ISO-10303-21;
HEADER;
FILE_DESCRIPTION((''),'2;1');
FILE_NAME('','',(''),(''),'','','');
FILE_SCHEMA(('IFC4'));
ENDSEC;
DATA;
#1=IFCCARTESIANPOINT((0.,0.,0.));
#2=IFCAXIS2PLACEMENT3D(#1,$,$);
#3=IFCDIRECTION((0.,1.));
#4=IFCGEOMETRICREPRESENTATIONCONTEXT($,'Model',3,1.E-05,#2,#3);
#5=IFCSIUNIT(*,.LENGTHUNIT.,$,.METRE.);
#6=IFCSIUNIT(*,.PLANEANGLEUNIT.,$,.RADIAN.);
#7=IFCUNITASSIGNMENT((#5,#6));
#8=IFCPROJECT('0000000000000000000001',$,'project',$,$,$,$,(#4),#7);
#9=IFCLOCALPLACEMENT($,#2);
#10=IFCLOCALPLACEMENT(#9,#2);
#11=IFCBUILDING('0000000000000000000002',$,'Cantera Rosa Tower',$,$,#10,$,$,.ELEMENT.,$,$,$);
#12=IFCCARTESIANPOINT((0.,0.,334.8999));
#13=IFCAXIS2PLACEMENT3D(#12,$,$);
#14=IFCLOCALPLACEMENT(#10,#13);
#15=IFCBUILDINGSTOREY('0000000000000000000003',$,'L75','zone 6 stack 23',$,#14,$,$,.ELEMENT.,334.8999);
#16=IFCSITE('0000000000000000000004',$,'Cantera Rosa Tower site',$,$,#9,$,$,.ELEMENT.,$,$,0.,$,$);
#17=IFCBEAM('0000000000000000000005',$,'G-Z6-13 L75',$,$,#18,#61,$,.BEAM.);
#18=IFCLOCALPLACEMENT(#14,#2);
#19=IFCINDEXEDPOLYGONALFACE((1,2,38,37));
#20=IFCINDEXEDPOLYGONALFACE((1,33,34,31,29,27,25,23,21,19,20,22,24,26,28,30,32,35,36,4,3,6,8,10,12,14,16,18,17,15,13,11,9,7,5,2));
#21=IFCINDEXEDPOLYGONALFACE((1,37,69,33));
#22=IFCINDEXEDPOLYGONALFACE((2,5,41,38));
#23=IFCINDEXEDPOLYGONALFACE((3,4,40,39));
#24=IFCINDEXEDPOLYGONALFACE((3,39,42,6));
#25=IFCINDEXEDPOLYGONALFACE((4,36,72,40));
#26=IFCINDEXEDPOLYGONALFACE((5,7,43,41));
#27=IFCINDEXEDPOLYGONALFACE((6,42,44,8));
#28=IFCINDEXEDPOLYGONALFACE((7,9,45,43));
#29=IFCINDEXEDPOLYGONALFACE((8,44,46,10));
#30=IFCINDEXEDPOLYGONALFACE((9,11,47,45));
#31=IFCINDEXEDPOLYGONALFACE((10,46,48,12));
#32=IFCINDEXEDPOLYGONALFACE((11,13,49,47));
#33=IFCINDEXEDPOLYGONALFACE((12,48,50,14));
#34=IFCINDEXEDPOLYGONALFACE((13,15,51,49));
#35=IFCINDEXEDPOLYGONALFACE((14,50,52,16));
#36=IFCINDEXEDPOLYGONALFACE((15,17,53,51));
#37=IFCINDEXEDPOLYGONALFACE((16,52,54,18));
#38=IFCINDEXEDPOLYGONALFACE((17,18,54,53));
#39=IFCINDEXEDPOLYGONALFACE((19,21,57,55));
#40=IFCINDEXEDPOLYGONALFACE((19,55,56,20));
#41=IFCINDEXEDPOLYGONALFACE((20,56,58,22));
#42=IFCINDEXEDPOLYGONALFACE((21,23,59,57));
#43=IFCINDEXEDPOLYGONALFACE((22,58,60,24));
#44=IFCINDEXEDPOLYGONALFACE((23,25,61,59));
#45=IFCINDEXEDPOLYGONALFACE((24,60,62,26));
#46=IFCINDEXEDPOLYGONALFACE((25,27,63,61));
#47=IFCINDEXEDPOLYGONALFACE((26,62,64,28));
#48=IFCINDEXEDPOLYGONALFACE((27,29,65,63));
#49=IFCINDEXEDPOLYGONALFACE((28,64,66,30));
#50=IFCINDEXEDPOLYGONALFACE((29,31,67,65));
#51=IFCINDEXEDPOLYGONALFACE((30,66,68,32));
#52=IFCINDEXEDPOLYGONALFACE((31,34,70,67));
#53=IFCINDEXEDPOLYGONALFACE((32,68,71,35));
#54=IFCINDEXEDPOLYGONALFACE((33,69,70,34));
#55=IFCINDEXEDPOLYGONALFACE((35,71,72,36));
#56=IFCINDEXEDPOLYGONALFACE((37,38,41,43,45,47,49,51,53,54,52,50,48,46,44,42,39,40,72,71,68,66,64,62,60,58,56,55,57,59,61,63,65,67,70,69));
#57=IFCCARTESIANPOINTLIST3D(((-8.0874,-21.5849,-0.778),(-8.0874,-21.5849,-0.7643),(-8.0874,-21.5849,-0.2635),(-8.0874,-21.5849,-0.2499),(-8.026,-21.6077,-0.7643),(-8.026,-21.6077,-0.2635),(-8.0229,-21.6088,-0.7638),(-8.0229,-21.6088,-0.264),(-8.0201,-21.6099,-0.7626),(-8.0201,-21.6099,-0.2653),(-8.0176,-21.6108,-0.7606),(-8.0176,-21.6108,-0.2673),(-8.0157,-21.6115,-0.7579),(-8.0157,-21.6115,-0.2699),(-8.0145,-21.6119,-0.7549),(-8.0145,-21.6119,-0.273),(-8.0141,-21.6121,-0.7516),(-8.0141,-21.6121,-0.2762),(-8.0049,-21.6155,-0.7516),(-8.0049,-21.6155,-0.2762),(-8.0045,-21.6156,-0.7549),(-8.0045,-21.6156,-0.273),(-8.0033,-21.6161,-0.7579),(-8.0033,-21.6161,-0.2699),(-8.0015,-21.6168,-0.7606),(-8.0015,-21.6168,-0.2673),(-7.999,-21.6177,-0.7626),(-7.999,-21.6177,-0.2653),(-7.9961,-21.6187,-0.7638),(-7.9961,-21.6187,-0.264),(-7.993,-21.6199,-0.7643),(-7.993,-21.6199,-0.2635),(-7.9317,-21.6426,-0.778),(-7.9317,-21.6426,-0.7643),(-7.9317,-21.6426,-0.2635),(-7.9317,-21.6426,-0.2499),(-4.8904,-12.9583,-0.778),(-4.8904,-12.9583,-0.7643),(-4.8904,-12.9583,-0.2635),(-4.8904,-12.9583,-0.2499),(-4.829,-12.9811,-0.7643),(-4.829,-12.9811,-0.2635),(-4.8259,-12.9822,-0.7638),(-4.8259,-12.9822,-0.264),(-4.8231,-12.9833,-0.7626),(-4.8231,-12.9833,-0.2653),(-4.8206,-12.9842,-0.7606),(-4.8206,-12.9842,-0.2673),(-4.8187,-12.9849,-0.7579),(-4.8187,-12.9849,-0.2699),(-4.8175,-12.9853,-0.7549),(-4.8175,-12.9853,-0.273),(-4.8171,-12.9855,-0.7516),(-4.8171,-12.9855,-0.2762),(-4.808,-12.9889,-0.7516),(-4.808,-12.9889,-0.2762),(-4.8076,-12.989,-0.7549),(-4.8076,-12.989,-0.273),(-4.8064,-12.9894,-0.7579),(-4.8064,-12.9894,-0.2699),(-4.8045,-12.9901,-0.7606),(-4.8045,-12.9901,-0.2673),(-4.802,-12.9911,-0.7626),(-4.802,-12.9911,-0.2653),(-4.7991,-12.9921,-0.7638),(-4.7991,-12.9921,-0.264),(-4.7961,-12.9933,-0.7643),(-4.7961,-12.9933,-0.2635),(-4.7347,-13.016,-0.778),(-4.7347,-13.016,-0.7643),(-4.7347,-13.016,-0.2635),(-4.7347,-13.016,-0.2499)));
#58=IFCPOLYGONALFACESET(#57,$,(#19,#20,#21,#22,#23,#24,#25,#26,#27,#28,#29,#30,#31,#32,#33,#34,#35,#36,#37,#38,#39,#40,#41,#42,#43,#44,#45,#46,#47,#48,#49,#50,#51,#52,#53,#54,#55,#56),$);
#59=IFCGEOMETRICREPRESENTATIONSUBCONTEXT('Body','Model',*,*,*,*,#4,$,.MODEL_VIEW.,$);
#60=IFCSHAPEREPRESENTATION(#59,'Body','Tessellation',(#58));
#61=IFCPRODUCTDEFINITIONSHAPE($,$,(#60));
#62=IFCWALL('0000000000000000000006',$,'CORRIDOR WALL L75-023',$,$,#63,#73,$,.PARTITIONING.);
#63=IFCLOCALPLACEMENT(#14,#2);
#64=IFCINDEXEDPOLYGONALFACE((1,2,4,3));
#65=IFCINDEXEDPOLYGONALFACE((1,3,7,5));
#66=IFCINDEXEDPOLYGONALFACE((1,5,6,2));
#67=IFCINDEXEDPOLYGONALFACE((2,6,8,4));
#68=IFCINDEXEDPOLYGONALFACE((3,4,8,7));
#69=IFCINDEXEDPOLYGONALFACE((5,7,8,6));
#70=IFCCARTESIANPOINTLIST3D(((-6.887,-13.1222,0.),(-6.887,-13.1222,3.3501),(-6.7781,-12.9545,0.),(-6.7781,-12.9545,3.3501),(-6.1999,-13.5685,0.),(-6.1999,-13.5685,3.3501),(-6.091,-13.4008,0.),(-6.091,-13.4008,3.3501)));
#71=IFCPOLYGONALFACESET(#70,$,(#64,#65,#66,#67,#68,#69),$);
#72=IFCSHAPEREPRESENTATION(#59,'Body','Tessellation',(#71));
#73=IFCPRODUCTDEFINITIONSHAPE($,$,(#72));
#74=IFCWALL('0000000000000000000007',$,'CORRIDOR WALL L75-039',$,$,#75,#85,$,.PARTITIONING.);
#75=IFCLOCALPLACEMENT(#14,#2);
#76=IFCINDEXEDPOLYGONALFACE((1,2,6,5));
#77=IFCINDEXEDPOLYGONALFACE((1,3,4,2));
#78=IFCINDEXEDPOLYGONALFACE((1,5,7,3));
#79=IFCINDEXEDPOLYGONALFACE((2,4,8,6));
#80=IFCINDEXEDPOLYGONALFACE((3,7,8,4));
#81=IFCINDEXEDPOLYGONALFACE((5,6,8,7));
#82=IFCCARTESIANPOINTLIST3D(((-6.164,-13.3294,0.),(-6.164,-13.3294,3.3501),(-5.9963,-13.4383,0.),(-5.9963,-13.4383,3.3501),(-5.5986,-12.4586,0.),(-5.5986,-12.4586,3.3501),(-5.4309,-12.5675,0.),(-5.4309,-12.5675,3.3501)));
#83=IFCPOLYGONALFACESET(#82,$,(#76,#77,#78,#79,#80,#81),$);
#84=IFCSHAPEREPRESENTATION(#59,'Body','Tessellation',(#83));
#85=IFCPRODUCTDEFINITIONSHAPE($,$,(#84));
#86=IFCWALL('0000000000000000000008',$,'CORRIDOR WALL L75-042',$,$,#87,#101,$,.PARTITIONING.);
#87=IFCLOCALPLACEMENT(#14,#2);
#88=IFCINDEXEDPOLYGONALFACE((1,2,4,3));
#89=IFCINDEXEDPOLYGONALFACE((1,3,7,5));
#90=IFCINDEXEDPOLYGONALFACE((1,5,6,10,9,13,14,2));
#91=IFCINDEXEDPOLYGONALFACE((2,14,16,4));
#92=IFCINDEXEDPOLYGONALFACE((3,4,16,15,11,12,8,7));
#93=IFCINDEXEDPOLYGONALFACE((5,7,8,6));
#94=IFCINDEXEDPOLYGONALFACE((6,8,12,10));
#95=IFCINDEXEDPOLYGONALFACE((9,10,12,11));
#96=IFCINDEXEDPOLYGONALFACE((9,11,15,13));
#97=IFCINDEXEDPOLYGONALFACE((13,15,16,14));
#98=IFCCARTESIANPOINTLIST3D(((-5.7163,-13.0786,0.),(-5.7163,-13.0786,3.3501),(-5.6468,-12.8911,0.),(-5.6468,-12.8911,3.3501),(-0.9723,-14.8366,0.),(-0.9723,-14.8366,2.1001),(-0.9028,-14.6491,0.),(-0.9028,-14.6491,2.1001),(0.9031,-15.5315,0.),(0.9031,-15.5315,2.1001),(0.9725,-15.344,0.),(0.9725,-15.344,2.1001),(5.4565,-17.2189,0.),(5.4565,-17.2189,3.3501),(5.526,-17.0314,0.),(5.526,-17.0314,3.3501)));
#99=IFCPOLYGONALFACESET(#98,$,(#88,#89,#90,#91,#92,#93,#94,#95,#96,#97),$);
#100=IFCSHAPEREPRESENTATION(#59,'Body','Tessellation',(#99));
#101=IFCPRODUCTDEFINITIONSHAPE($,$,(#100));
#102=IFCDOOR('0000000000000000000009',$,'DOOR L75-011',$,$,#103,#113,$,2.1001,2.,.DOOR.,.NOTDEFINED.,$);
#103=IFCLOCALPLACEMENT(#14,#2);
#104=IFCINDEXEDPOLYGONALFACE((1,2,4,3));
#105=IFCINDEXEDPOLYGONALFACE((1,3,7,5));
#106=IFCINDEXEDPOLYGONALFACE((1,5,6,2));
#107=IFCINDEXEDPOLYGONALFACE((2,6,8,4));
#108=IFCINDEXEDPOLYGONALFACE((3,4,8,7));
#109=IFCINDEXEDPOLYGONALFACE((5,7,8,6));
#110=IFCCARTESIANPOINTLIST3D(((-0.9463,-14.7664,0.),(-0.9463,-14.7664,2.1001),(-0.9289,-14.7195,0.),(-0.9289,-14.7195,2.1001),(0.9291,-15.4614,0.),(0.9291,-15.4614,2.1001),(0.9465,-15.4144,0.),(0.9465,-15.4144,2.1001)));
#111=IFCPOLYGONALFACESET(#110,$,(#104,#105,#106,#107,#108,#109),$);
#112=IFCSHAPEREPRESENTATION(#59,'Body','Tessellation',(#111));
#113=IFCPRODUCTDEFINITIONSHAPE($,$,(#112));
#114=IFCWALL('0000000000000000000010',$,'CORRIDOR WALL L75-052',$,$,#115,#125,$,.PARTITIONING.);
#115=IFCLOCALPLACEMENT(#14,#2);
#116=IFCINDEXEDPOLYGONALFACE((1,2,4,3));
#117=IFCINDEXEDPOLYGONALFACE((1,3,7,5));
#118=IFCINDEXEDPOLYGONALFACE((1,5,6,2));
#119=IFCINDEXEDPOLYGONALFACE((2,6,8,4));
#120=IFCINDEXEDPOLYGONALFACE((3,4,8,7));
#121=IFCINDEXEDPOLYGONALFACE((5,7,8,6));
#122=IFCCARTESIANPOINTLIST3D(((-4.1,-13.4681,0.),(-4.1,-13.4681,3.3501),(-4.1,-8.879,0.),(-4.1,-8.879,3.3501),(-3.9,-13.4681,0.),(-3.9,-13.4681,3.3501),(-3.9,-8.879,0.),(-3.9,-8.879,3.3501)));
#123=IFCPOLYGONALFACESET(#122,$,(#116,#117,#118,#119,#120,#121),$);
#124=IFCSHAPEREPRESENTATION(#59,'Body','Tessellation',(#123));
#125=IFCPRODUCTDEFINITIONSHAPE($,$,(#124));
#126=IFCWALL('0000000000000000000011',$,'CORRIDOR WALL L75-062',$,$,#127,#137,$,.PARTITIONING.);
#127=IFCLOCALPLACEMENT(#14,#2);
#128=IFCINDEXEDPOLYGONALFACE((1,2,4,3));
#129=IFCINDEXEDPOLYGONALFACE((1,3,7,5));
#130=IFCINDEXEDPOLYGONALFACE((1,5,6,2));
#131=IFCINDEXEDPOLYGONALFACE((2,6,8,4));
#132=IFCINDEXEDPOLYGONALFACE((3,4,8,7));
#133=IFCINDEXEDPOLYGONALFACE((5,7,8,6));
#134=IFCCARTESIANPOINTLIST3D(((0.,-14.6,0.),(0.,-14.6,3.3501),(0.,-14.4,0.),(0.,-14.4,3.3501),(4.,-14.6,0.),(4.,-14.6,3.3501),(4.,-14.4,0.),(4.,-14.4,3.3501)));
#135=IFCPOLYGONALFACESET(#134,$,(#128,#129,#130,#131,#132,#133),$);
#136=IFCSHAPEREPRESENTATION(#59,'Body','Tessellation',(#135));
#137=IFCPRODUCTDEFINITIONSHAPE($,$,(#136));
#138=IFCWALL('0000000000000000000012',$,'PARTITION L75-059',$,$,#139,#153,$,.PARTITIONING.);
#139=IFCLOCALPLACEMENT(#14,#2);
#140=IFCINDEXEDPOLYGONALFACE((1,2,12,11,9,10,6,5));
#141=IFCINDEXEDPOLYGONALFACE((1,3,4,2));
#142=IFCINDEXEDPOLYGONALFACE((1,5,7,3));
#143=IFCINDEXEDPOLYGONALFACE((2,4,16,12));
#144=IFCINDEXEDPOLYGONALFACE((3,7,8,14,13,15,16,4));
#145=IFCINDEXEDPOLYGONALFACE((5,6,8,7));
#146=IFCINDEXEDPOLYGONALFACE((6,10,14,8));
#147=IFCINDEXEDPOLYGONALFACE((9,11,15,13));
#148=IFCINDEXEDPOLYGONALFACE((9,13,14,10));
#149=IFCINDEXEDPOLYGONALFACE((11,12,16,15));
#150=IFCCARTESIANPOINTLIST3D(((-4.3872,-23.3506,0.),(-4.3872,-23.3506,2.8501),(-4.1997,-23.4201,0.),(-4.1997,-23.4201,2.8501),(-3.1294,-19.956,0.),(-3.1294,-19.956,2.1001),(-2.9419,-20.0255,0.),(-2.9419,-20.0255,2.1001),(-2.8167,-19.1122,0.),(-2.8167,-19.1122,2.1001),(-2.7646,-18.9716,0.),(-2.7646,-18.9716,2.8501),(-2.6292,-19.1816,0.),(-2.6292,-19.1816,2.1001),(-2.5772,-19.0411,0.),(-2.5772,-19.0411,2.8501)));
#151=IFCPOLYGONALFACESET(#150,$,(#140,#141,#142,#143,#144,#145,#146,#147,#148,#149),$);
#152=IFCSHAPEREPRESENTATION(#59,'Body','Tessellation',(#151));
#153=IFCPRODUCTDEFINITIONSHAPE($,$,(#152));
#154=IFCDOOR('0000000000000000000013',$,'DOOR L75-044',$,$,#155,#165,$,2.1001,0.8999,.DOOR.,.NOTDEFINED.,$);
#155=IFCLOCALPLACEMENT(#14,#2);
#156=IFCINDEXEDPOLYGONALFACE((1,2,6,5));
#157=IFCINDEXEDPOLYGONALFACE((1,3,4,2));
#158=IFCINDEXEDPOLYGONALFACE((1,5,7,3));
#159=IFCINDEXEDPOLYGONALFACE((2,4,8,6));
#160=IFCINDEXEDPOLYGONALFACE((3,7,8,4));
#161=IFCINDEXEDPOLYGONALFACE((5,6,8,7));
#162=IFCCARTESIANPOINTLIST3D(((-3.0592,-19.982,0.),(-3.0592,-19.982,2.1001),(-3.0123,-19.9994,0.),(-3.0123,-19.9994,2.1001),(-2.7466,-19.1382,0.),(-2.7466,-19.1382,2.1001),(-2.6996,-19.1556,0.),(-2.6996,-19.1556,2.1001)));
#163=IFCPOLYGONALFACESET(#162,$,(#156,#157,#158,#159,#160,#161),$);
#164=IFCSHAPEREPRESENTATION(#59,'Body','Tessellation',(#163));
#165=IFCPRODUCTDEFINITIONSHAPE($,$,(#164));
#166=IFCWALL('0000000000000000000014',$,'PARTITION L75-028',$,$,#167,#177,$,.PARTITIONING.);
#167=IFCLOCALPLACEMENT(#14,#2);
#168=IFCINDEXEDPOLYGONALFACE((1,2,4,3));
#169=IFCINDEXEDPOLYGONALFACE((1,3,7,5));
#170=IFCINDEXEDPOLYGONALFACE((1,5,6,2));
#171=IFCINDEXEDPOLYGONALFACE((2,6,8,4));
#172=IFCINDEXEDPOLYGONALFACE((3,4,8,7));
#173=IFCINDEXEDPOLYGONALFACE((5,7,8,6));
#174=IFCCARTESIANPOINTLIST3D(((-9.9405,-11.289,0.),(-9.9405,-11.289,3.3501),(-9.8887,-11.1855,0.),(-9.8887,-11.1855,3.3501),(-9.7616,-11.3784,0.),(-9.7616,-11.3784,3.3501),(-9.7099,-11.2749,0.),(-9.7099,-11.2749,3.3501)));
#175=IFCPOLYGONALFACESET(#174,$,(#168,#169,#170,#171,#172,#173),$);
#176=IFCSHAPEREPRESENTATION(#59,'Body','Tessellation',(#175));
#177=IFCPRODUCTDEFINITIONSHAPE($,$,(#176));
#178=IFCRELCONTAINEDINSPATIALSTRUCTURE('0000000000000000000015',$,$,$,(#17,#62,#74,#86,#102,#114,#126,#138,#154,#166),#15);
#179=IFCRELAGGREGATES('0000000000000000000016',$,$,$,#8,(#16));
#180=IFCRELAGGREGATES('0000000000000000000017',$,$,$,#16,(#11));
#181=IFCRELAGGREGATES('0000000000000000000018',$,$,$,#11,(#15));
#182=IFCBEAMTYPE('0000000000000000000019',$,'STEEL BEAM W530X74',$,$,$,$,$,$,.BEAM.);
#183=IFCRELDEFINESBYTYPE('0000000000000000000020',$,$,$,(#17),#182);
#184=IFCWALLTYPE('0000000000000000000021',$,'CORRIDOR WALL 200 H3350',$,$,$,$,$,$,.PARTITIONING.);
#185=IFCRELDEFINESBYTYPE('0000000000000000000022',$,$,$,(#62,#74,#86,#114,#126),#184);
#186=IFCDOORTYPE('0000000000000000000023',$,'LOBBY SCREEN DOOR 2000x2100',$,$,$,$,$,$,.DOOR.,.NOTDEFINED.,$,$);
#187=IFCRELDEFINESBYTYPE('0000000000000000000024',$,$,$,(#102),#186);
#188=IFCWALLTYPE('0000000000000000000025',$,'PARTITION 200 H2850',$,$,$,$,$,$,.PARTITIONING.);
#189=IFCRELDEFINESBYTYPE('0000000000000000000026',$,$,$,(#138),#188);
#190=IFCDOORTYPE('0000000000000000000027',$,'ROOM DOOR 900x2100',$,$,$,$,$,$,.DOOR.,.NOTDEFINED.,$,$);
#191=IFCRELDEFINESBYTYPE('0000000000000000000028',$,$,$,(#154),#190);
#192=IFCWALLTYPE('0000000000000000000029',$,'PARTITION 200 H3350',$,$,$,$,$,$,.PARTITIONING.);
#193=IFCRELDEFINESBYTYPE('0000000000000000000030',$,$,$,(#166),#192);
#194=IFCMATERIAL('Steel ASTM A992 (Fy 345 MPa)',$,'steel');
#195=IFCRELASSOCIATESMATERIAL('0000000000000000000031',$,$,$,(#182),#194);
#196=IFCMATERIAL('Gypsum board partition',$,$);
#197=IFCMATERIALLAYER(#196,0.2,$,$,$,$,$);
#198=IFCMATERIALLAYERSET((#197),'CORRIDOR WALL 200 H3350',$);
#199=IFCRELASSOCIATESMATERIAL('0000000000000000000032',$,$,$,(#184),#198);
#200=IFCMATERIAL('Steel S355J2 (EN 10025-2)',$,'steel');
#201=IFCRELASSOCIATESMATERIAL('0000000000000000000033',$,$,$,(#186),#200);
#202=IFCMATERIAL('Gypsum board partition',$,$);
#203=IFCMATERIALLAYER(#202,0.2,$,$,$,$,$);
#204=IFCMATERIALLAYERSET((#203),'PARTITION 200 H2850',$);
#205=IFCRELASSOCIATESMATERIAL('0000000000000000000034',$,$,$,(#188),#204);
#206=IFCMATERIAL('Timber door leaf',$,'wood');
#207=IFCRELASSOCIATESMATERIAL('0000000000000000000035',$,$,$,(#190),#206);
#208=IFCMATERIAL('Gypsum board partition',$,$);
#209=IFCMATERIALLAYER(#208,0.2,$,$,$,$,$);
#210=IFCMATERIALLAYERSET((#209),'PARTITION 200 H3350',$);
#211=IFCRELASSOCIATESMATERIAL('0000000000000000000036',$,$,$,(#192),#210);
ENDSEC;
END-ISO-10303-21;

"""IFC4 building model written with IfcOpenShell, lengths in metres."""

from ifc_helpers import new_model, si_unit, direction, frame, frame_2d, origin, origin_2d, place, context, subcontext, project, spatial, rectangle, i_section, extrude, material, layer, layer_set, material_profile, profile_set, type_object, element, fill, save


model = new_model("IFC4")

# Units and contexts
model_context = context("Model", 3, precision=1e-05, world=origin(), true_north=direction((0.0, 1.0)))
body_context = subcontext(model_context, "Body", "Model", "MODEL_VIEW")
ifc_project = project(units=[si_unit("LENGTHUNIT", "METRE"), si_unit("PLANEANGLEUNIT", "RADIAN")], contexts=[model_context])

# Site, building, storey
site_placement = place(None, origin())
site = spatial("IfcSite", under=ifc_project, at=site_placement, Name="Cantera Rosa Tower site", CompositionType="ELEMENT", RefElevation=0.0)
building_placement = place(site_placement, origin())
building = spatial("IfcBuilding", under=site, at=building_placement, Name="Cantera Rosa Tower", CompositionType="ELEMENT")
storey_placement = place(building_placement, frame((0.0, 0.0, 334.8999)))
storey = spatial("IfcBuildingStorey", under=building, at=storey_placement, Name="L75", Description="zone 6 stack 23", CompositionType="ELEMENT", Elevation=334.8999)

# Beam
ifc_material_1 = material(Name="Steel ASTM A992 (Fy 345 MPa)", Category="steel")
ifc_material_profile = material_profile(ifc_material_1, i_section(OverallWidth=0.166, OverallDepth=0.5281, WebThickness=0.0098, FlangeThickness=0.0137, FilletRadius=0.0127, at=origin_2d()), Name="W530X74")
ifc_profile_set = profile_set([ifc_material_profile], Name="Steel ASTM A992 (Fy 345 MPa)")
beam_type = type_object("IfcBeamType", Name="STEEL BEAM W530X74", PredefinedType="BEAM", material=ifc_profile_set)
beam_placement = place(storey_placement, frame((-8.0095, -21.6138, -0.5139), z_axis=(0.3475, 0.93768, 0.0), x_axis=(-0.93768, 0.3475, 0.0)))
element("IfcBeam", 1, at=beam_placement, inside=storey, type_object=beam_type, Name="G-Z6-13 L75", PredefinedType="BEAM", context=body_context, shape_type="SweptSolid", body=[
    extrude(i_section(OverallWidth=0.166, OverallDepth=0.5281, WebThickness=0.0098, FlangeThickness=0.0137, FilletRadius=0.0127, at=origin_2d()), origin(), (0.0, 0.0, 1.0), 9.2),
])

# Walls
ifc_material_2 = material(Name="Gypsum board partition")
ifc_layer_1 = layer(ifc_material_2, 0.2)
ifc_layer_set_1 = layer_set([ifc_layer_1], Name="CORRIDOR WALL 200 H3350")
wall_type_1 = type_object("IfcWallType", Name="CORRIDOR WALL 200 H3350", PredefinedType="PARTITIONING", material=ifc_layer_set_1)
wall_1_placement = place(storey_placement, frame((-6.8325, -13.0383, 0.0), z_axis=(0.0, 0.0, 1.0), x_axis=(0.838593, -0.544758, 0.0)))
element("IfcWall", 2, at=wall_1_placement, inside=storey, type_object=wall_type_1, Name="CORRIDOR WALL L75-023", PredefinedType="PARTITIONING", context=body_context, shape_type="SweptSolid", body=[
    extrude(rectangle(XDim=0.8193, YDim=0.2, at=frame_2d((0.4097, 0.0))), origin(), (0.0, 0.0, 1.0), 3.3501),
])
wall_2_placement = place(storey_placement, frame((-6.0801, -13.3838, 0.0), z_axis=(0.0, 0.0, 1.0), x_axis=(0.544567, 0.838717, 0.0)))
element("IfcWall", 3, at=wall_2_placement, inside=storey, type_object=wall_type_1, Name="CORRIDOR WALL L75-039", PredefinedType="PARTITIONING", context=body_context, shape_type="SweptSolid", body=[
    extrude(rectangle(XDim=1.0383, YDim=0.2, at=frame_2d((0.519, 0.0))), origin(), (0.0, 0.0, 1.0), 3.3501),
])

# Wall, opening, door
wall_3_placement = place(storey_placement, frame((-5.6814, -12.9849, 0.0), z_axis=(0.0, 0.0, 1.0), x_axis=(0.937686, -0.347483, 0.0)))
wall_3 = element("IfcWall", 4, at=wall_3_placement, inside=storey, type_object=wall_type_1, Name="CORRIDOR WALL L75-042", PredefinedType="PARTITIONING", context=body_context, shape_type="SweptSolid", body=[
    extrude(rectangle(XDim=11.9153, YDim=0.2, at=frame_2d((5.9575, 0.0))), origin(), (0.0, 0.0, 1.0), 3.3501),
])
opening_1_placement = place(wall_3_placement, frame((5.0591, 0.0, 0.0)))
opening_1 = element("IfcOpeningElement", 5, at=opening_1_placement, cuts=wall_3, PredefinedType="OPENING", context=body_context, shape_type="SweptSolid", body=[
    extrude(rectangle(XDim=2.0, YDim=2.1001, at=frame_2d((1.0, 1.05))), frame((0.0, 0.1099, 0.0), z_axis=(0.0, -1.0, 0.0), x_axis=(1.0, 0.0, 0.0)), (0.0, 0.0, 1.0), 0.22),
])
ifc_material_3 = material(Name="Steel S355J2 (EN 10025-2)", Category="steel")
door_type_1 = type_object("IfcDoorType", Name="LOBBY SCREEN DOOR 2000x2100", OperationType="NOTDEFINED", PredefinedType="DOOR", material=ifc_material_3)
door_1_placement = place(opening_1_placement, origin())
door_1 = element("IfcDoor", 6, at=door_1_placement, inside=storey, type_object=door_type_1, Name="DOOR L75-011", OperationType="NOTDEFINED", OverallHeight=2.1001, OverallWidth=2.0, PredefinedType="DOOR", context=body_context, shape_type="SweptSolid", body=[
    extrude(rectangle(XDim=2.0, YDim=2.1001, at=frame_2d((1.0, 1.05))), frame((0.0, 0.0249, 0.0), z_axis=(0.0, -1.0, 0.0), x_axis=(1.0, 0.0, 0.0)), (0.0, 0.0, 1.0), 0.05),
])
fill(opening_1, door_1)

# Walls
wall_4_placement = place(storey_placement, frame((-4.0, -13.468, 0.0), z_axis=(0.0, 0.0, 1.0), x_axis=(0.0, 1.0, 0.0)))
element("IfcWall", 7, at=wall_4_placement, inside=storey, type_object=wall_type_1, Name="CORRIDOR WALL L75-052", PredefinedType="PARTITIONING", context=body_context, shape_type="SweptSolid", body=[
    extrude(rectangle(XDim=4.5891, YDim=0.2, at=frame_2d((2.2944, 0.0))), origin(), (0.0, 0.0, 1.0), 3.3501),
])
wall_5_placement = place(storey_placement, frame((0.0, -14.5, 0.0), z_axis=(0.0, 0.0, 1.0), x_axis=(1.0, 0.0, 0.0)))
element("IfcWall", 8, at=wall_5_placement, inside=storey, type_object=wall_type_1, Name="CORRIDOR WALL L75-062", PredefinedType="PARTITIONING", context=body_context, shape_type="SweptSolid", body=[
    extrude(rectangle(XDim=4.0, YDim=0.2, at=frame_2d((2.0, 0.0))), origin(), (0.0, 0.0, 1.0), 3.3501),
])

# Wall, opening, door
ifc_material_4 = material(Name="Gypsum board partition")
ifc_layer_2 = layer(ifc_material_4, 0.2)
ifc_layer_set_2 = layer_set([ifc_layer_2], Name="PARTITION 200 H2850")
wall_type_2 = type_object("IfcWallType", Name="PARTITION 200 H2850", PredefinedType="PARTITIONING", material=ifc_layer_set_2)
wall_6_placement = place(storey_placement, frame((-2.6709, -19.0063, 0.0), z_axis=(0.0, 0.0, 1.0), x_axis=(-0.347454, -0.937697, 0.0)))
wall_6 = element("IfcWall", 9, at=wall_6_placement, inside=storey, type_object=wall_type_2, Name="PARTITION L75-059", PredefinedType="PARTITIONING", context=body_context, shape_type="SweptSolid", body=[
    extrude(rectangle(XDim=4.6699, YDim=0.2, at=frame_2d((2.335, 0.0))), origin(), (0.0, 0.0, 1.0), 2.8501),
])
opening_2_placement = place(wall_6_placement, frame((0.1499, 0.0, 0.0)))
opening_2 = element("IfcOpeningElement", 10, at=opening_2_placement, cuts=wall_6, PredefinedType="OPENING", context=body_context, shape_type="SweptSolid", body=[
    extrude(rectangle(XDim=0.8999, YDim=2.1001, at=frame_2d((0.45, 1.05))), frame((0.0, 0.1099, 0.0), z_axis=(0.0, -1.0, 0.0), x_axis=(1.0, 0.0, 0.0)), (0.0, 0.0, 1.0), 0.22),
])
ifc_material_5 = material(Name="Timber door leaf", Category="wood")
door_type_2 = type_object("IfcDoorType", Name="ROOM DOOR 900x2100", OperationType="NOTDEFINED", PredefinedType="DOOR", material=ifc_material_5)
door_2_placement = place(opening_2_placement, origin())
door_2 = element("IfcDoor", 11, at=door_2_placement, inside=storey, type_object=door_type_2, Name="DOOR L75-044", OperationType="NOTDEFINED", OverallHeight=2.1001, OverallWidth=0.8999, PredefinedType="DOOR", context=body_context, shape_type="SweptSolid", body=[
    extrude(rectangle(XDim=0.8999, YDim=2.1001, at=frame_2d((0.45, 1.05))), frame((0.0, 0.0249, 0.0), z_axis=(0.0, -1.0, 0.0), x_axis=(1.0, 0.0, 0.0)), (0.0, 0.0, 1.0), 0.05),
])
fill(opening_2, door_2)

# Wall
ifc_material_6 = material(Name="Gypsum board partition")
ifc_layer_3 = layer(ifc_material_6, 0.2)
ifc_layer_set_3 = layer_set([ifc_layer_3], Name="PARTITION 200 H3350")
wall_type_3 = type_object("IfcWallType", Name="PARTITION 200 H3350", PredefinedType="PARTITIONING", material=ifc_layer_set_3)
wall_7_placement = place(storey_placement, frame((-9.7993, -11.2302, 0.0), z_axis=(0.0, 0.0, 1.0), x_axis=(-0.447214, -0.894427, 0.0)))
element("IfcWall", 12, at=wall_7_placement, inside=storey, type_object=wall_type_3, Name="PARTITION L75-028", PredefinedType="PARTITIONING", context=body_context, shape_type="SweptSolid", body=[
    extrude(rectangle(XDim=0.1157, YDim=0.2, at=frame_2d((0.0579, 0.0))), origin(), (0.0, 0.0, 1.0), 3.3501),
])

save(model, "model.ifc")
